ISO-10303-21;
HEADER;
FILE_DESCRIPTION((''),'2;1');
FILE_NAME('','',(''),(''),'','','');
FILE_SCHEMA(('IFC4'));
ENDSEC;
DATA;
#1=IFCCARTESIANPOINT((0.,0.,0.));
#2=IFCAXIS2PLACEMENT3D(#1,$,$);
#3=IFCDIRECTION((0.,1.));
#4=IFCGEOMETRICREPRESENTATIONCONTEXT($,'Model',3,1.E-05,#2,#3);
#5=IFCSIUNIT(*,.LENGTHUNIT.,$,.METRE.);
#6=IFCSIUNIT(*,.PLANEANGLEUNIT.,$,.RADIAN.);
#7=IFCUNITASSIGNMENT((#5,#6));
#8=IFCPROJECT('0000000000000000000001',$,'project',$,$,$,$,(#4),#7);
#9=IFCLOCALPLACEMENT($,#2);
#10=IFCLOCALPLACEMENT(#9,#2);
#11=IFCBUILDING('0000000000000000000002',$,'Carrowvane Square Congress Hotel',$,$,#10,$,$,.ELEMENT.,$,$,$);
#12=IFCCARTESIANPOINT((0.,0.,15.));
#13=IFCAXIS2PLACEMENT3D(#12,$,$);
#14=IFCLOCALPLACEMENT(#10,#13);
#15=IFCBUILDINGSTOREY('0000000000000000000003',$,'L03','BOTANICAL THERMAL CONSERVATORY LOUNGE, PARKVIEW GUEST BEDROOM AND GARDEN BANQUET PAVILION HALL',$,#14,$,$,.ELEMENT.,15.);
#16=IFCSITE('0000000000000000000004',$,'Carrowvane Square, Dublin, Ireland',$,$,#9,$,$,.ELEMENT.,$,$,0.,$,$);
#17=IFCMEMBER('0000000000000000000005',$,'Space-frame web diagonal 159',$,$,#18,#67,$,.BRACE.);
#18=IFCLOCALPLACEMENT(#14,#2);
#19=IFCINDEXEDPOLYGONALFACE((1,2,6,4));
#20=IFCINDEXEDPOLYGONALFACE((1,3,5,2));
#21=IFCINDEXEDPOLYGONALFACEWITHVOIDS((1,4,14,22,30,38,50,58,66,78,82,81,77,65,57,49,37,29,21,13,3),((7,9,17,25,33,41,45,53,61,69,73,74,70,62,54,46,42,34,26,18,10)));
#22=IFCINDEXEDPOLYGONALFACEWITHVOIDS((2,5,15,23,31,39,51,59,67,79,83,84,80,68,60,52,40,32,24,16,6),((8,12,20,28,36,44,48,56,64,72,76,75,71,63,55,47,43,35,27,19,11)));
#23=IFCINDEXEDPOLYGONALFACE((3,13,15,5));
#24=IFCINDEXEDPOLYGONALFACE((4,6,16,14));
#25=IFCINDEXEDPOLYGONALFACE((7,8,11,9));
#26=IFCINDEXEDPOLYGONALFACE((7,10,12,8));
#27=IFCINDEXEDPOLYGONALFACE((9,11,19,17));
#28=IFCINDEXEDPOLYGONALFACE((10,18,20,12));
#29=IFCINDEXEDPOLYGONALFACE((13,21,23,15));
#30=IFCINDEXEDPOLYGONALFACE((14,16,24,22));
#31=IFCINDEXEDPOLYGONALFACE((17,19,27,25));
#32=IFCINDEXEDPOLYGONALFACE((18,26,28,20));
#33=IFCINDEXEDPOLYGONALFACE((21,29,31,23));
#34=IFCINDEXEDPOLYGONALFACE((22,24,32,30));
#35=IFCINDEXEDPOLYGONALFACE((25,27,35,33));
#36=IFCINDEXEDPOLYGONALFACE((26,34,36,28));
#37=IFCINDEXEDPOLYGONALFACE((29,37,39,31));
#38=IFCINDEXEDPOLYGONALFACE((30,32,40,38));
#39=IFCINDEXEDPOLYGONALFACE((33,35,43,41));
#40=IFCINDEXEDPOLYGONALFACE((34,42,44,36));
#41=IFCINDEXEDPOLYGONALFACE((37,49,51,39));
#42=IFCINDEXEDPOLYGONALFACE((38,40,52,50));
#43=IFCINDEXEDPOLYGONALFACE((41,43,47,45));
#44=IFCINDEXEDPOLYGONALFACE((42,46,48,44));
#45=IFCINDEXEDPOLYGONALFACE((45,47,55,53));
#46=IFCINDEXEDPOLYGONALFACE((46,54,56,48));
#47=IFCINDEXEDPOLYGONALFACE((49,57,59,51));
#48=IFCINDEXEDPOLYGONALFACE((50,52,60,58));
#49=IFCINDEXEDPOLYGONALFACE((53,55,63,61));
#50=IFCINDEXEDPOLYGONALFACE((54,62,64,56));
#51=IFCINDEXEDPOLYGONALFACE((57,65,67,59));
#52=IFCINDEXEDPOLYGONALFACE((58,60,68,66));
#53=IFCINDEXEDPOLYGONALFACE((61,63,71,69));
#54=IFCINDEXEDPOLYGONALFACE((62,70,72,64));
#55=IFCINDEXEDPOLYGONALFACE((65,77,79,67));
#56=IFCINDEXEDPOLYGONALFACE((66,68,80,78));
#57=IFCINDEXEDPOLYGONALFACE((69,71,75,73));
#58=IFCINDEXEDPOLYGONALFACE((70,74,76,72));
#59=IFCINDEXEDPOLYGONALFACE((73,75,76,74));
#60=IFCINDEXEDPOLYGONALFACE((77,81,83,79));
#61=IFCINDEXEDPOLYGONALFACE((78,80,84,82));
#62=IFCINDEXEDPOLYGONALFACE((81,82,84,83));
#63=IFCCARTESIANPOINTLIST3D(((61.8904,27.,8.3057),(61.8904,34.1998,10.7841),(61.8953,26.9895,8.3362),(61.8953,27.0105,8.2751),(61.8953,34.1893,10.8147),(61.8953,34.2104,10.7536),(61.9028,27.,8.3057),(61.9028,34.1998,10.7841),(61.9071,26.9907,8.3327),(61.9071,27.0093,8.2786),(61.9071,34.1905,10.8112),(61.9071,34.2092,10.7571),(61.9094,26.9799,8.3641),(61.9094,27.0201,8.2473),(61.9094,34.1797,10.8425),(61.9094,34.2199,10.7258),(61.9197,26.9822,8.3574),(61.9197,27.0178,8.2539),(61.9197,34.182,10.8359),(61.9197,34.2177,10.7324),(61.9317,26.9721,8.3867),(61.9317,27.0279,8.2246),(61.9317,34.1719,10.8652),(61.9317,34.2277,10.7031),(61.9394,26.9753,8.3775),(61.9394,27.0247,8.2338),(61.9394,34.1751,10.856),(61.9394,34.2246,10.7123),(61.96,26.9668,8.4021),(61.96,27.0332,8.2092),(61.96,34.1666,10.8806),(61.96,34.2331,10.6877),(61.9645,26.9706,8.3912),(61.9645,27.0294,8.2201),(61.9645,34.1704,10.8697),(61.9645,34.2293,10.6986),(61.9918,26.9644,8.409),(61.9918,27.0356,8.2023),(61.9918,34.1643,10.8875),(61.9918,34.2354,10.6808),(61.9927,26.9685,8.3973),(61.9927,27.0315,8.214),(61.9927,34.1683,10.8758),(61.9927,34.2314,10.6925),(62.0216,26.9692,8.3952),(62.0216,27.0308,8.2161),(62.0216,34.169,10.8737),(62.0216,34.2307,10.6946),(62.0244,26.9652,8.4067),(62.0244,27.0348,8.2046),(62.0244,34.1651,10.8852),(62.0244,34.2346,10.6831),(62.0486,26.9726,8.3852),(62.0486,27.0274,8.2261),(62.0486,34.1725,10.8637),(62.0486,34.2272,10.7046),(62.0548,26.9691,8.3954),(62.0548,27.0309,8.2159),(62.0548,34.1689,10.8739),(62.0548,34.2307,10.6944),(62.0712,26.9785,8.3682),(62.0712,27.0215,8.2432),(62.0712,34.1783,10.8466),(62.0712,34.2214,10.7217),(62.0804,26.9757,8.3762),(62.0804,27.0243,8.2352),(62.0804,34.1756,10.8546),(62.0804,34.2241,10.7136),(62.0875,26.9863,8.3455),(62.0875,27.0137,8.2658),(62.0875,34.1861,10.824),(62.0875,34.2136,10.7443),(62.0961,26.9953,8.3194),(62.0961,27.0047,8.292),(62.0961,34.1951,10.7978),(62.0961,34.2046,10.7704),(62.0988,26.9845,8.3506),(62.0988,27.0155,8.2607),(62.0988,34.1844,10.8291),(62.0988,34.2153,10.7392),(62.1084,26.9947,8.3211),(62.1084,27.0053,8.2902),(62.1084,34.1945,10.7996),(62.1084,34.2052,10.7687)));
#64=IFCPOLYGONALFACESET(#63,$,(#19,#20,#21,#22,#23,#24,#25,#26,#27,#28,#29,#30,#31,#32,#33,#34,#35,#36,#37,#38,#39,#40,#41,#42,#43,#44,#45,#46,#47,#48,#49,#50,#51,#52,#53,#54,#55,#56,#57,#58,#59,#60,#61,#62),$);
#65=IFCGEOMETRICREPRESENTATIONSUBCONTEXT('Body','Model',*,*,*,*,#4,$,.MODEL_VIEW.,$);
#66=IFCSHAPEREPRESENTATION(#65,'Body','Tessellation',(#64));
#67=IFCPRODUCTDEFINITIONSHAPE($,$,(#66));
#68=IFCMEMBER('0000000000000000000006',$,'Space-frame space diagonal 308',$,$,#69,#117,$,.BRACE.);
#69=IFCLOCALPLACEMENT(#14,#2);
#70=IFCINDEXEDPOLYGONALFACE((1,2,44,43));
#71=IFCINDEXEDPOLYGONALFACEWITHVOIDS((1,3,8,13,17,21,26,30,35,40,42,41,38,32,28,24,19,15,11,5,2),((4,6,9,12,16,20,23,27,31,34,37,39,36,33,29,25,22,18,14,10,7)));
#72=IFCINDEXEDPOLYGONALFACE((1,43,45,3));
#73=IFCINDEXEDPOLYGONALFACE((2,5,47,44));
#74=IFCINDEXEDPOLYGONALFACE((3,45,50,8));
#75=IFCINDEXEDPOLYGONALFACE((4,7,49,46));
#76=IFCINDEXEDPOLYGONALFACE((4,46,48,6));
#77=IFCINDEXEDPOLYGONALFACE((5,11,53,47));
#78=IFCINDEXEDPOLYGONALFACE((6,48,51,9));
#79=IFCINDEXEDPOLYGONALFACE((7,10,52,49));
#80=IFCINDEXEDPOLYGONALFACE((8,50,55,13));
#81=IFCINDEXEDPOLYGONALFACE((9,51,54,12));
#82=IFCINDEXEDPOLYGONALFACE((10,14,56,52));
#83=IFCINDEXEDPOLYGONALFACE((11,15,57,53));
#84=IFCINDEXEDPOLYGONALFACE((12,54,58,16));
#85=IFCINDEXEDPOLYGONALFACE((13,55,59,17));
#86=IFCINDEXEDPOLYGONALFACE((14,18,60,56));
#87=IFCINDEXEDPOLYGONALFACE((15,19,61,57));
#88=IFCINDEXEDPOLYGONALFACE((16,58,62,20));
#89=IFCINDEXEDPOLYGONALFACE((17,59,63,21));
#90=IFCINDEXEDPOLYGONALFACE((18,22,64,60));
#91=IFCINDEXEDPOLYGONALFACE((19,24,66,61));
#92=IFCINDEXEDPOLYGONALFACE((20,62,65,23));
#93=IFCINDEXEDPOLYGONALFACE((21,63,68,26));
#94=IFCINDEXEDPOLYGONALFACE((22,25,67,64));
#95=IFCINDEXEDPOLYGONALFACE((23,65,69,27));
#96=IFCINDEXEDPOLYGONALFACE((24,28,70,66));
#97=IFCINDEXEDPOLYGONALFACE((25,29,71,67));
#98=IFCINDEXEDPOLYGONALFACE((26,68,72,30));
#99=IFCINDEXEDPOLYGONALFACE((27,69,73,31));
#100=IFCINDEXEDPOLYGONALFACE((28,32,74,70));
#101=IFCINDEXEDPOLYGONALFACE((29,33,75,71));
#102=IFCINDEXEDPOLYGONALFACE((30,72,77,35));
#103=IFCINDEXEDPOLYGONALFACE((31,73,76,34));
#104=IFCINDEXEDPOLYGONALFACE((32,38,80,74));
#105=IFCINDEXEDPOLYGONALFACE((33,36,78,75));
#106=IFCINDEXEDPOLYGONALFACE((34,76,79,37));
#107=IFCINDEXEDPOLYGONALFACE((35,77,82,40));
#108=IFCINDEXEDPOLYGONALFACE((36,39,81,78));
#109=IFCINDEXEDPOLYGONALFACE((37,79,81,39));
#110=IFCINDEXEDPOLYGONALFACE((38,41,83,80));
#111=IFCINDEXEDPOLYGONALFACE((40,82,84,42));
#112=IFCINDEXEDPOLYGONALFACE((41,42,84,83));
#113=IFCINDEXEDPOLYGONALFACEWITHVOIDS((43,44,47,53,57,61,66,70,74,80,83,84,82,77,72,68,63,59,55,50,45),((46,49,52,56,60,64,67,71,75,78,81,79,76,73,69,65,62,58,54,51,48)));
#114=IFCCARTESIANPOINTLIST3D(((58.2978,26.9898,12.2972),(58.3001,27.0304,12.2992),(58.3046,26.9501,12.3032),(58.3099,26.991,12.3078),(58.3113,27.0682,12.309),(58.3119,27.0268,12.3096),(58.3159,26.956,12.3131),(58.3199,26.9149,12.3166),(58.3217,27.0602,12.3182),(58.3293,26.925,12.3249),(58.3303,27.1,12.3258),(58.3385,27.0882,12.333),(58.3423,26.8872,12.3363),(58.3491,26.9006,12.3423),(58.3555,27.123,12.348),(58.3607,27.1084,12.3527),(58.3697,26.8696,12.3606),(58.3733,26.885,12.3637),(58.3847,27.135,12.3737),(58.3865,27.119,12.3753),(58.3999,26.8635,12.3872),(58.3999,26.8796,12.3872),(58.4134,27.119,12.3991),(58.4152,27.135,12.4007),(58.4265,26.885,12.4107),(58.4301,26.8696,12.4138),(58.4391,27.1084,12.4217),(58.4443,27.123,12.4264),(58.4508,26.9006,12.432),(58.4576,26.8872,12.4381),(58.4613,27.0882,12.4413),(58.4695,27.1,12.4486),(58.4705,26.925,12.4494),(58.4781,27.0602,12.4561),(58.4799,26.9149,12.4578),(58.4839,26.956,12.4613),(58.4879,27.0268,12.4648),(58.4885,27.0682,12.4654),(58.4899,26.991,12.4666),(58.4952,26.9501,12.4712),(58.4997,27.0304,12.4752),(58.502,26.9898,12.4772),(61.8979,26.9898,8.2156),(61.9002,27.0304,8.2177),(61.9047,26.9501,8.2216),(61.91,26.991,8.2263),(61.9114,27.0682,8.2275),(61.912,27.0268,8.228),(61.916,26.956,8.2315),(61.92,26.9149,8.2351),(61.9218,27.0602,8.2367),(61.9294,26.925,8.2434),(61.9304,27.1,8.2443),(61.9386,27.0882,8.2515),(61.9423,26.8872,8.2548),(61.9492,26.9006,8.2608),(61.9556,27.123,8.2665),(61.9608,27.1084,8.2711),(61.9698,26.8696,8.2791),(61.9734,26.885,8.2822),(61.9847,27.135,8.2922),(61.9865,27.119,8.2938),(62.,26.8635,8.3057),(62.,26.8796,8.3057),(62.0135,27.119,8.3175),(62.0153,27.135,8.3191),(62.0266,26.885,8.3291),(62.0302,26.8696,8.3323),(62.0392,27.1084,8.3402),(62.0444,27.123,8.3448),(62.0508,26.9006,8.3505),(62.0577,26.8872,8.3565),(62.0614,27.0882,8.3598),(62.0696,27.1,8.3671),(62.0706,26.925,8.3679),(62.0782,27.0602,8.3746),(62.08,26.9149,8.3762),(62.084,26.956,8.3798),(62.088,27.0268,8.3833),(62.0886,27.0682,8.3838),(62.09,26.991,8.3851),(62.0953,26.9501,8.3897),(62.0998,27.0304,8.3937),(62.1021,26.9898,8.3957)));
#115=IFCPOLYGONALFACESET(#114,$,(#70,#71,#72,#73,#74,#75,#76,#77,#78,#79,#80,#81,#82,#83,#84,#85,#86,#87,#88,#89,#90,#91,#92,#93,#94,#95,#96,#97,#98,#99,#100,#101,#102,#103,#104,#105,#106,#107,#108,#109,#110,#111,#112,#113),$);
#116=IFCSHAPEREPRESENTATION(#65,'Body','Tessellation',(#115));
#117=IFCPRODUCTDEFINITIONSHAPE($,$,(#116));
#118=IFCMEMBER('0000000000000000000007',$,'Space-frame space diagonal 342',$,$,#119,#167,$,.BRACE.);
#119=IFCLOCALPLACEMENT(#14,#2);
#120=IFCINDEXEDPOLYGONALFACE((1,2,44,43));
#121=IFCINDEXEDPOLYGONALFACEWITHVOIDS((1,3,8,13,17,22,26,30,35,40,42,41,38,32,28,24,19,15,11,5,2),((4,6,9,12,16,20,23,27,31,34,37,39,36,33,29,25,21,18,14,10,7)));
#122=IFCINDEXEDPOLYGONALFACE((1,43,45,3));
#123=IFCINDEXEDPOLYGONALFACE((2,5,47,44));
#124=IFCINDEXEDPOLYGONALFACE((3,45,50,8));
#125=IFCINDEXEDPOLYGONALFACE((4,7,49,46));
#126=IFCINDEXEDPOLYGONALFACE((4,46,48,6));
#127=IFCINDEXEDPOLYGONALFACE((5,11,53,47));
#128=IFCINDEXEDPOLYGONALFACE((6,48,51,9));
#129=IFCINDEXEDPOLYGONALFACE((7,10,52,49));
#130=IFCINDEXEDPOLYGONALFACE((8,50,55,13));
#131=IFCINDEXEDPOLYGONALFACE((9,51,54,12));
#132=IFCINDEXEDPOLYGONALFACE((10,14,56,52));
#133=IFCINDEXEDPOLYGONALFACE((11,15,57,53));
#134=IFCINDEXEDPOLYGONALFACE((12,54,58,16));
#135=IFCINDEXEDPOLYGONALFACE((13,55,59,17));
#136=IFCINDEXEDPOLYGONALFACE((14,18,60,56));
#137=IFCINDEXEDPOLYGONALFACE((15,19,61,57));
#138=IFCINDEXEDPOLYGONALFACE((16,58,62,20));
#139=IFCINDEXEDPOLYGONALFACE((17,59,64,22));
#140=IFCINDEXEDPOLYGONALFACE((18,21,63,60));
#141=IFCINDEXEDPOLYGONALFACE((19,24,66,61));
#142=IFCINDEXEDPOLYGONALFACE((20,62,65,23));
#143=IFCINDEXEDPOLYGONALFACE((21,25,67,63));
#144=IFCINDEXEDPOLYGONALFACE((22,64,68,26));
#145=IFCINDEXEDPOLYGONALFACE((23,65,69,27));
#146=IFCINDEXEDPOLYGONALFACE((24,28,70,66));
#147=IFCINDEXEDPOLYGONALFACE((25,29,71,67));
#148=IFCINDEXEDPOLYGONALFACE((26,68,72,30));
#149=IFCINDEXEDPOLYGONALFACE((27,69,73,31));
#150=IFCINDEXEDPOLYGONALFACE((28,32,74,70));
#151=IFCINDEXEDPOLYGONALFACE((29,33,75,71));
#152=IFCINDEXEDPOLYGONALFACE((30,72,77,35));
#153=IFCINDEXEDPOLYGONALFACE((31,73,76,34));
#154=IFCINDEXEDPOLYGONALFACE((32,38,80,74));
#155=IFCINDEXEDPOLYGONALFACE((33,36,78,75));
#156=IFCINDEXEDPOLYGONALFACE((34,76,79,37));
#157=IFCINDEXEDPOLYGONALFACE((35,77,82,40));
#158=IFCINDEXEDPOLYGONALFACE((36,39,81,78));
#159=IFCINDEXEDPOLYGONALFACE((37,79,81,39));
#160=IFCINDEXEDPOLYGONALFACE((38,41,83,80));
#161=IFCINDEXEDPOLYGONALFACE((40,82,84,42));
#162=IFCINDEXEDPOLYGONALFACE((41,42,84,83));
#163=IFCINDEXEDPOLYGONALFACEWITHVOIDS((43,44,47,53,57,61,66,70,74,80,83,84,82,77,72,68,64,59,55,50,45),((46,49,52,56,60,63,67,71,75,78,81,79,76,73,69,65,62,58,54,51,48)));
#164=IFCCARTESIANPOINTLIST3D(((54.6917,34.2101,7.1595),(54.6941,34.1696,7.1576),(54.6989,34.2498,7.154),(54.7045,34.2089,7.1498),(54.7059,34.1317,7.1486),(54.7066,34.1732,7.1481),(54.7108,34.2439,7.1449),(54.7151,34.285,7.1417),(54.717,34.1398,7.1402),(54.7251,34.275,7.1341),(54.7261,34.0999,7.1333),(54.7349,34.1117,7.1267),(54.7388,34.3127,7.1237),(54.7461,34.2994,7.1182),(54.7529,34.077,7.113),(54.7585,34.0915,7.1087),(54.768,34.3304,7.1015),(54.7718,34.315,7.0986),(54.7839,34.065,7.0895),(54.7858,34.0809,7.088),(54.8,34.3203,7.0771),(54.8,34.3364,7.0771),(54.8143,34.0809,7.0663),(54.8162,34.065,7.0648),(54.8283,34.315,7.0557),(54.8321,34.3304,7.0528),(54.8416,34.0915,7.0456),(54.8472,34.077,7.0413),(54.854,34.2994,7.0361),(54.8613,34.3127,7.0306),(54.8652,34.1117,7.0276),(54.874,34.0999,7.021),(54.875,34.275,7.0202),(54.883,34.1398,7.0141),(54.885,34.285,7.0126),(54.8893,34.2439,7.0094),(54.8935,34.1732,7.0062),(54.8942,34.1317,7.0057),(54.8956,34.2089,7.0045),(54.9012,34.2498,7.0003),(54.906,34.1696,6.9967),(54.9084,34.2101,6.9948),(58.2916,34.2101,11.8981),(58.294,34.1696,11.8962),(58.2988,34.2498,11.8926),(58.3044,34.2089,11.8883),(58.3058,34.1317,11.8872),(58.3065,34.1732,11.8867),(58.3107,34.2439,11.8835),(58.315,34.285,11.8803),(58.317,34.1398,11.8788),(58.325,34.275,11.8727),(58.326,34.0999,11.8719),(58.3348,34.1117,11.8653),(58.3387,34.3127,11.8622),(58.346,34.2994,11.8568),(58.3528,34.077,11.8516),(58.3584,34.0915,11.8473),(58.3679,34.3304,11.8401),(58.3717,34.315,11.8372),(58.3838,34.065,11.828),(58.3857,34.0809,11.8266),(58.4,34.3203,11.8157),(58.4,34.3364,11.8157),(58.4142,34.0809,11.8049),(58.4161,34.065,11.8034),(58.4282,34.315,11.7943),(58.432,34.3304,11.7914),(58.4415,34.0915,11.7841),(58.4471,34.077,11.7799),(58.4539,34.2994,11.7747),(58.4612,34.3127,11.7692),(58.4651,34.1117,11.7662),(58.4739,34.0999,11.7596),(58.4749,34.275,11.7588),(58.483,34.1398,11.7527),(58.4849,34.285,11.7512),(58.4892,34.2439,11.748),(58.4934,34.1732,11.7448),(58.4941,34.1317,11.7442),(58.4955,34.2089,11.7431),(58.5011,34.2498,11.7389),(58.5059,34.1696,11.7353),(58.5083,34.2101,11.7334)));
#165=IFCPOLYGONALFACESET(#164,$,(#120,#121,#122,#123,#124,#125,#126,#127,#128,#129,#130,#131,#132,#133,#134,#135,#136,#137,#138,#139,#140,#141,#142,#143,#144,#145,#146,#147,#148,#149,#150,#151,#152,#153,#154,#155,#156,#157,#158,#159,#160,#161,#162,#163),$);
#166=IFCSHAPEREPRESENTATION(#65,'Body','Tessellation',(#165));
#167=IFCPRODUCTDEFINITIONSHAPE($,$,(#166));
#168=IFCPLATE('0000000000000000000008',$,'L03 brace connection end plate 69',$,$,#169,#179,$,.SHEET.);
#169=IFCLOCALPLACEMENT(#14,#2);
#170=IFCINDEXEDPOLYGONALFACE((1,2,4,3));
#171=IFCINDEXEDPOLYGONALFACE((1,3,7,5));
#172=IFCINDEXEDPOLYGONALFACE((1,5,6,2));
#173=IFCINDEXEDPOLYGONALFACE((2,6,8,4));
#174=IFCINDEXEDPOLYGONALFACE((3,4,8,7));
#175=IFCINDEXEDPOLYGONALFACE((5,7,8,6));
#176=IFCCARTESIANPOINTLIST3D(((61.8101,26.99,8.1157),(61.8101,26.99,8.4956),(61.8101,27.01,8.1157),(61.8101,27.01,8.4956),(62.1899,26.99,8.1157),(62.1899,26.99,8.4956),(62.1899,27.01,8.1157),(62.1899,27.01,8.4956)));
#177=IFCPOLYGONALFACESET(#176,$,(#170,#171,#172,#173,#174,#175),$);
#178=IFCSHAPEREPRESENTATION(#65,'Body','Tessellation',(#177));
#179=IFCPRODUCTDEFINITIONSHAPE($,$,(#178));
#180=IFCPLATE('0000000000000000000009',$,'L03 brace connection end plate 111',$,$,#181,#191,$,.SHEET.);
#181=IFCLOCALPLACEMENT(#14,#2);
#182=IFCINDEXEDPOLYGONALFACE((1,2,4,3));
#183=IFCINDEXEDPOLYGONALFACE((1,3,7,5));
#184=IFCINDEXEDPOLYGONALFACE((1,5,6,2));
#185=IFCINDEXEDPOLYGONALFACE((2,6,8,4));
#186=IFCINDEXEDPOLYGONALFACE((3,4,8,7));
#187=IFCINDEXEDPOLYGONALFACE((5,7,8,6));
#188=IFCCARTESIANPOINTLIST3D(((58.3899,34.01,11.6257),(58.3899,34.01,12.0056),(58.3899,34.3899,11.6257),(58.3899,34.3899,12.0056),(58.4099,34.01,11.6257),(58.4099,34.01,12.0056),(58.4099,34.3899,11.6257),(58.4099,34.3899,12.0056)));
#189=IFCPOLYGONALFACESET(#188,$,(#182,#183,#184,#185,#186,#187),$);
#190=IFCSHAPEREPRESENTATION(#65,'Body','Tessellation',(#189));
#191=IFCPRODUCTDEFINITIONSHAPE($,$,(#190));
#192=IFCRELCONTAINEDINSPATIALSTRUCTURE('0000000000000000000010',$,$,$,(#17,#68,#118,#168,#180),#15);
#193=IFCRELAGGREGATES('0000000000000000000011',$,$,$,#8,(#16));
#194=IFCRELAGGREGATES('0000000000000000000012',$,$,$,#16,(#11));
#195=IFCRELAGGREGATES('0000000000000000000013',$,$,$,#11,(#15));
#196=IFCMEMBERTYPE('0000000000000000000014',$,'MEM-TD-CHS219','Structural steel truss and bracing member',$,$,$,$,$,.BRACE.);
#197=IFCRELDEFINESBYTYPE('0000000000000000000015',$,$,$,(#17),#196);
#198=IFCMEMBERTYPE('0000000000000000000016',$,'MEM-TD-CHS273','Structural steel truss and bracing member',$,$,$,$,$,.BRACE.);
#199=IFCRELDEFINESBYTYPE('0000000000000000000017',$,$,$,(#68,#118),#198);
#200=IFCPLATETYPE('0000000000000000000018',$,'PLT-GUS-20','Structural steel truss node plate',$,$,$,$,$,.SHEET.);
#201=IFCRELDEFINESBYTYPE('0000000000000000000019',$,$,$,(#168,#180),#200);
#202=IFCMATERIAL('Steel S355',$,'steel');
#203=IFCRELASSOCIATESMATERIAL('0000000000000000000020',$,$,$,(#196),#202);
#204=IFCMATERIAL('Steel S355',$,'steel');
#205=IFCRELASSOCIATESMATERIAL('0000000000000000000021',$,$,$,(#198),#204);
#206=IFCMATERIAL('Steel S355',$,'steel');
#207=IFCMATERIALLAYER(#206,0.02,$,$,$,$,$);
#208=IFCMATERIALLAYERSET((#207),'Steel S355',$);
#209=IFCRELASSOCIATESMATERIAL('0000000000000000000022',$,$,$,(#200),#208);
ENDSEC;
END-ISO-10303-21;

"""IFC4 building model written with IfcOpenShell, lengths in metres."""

from ifc_helpers import new_model, si_unit, direction, frame, origin, origin_2d, place, context, subcontext, project, spatial, rectangle, hollow_circle, extrude, material, layer, layer_set, material_profile, profile_set, type_object, element, save


model = new_model("IFC4")

# Units and contexts
model_context = context("Model", 3, precision=1e-05, world=origin(), true_north=direction((0.0, 1.0)))
body_context = subcontext(model_context, "Body", "Model", "MODEL_VIEW")
ifc_project = project(units=[si_unit("LENGTHUNIT", "METRE"), si_unit("PLANEANGLEUNIT", "RADIAN")], contexts=[model_context])

# Site, building, storey
site_placement = place(None, origin())
site = spatial("IfcSite", under=ifc_project, at=site_placement, Name="Carrowvane Square, Dublin, Ireland", CompositionType="ELEMENT", RefElevation=0.0)
building_placement = place(site_placement, origin())
building = spatial("IfcBuilding", under=site, at=building_placement, Name="Carrowvane Square Congress Hotel", CompositionType="ELEMENT")
storey_placement = place(building_placement, frame((0.0, 0.0, 15.0)))
storey = spatial("IfcBuildingStorey", under=building, at=storey_placement, Name="L03", Description="BOTANICAL THERMAL CONSERVATORY LOUNGE, PARKVIEW GUEST BEDROOM AND GARDEN BANQUET PAVILION HALL", CompositionType="ELEMENT", Elevation=15.0)

# Members
ifc_material_1 = material(Name="Steel S355", Category="steel")
ifc_material_profile_1 = material_profile(ifc_material_1, hollow_circle(Radius=0.1096, WallThickness=0.0125, at=origin_2d()), Name="CHS 219.1x12.5")
ifc_profile_set_1 = profile_set([ifc_material_profile_1], Name="Steel S355")
member_type_1 = type_object("IfcMemberType", Name="MEM-TD-CHS219", Description="Structural steel truss and bracing member", PredefinedType="BRACE", material=ifc_profile_set_1)
member_1_placement = place(storey_placement, frame((62.0, 27.0, 8.3057), z_axis=(0.0, 0.945544, 0.325495), x_axis=(-1.0, 0.0, 0.0)))
element("IfcMember", 1, at=member_1_placement, inside=storey, type_object=member_type_1, Name="Space-frame web diagonal 159", PredefinedType="BRACE", context=body_context, shape_type="SweptSolid", body=[
    extrude(hollow_circle(Radius=0.1096, WallThickness=0.0125, at=origin_2d()), origin(), (0.0, 0.0, 1.0), 7.6145),
])
ifc_material_2 = material(Name="Steel S355", Category="steel")
ifc_material_profile_2 = material_profile(ifc_material_2, hollow_circle(Radius=0.1365, WallThickness=0.0161, at=origin_2d()), Name="CHS 273.0x16")
ifc_profile_set_2 = profile_set([ifc_material_profile_2], Name="Steel S355")
member_type_2 = type_object("IfcMemberType", Name="MEM-TD-CHS273", Description="Structural steel truss and bracing member", PredefinedType="BRACE", material=ifc_profile_set_2)
member_2_placement = place(storey_placement, frame((62.0, 27.0, 8.3057), z_axis=(-0.661491, 0.0, 0.749953), x_axis=(0.0, -1.0, 0.0)))
element("IfcMember", 2, at=member_2_placement, inside=storey, type_object=member_type_2, Name="Space-frame space diagonal 308", PredefinedType="BRACE", context=body_context, shape_type="SweptSolid", body=[
    extrude(hollow_circle(Radius=0.1365, WallThickness=0.0161, at=origin_2d()), origin(), (0.0, 0.0, 1.0), 5.4424),
])
member_3_placement = place(storey_placement, frame((54.8, 34.2, 7.0771), z_axis=(0.604931, 0.0, 0.796278), x_axis=(0.0, 1.0, 0.0)))
element("IfcMember", 3, at=member_3_placement, inside=storey, type_object=member_type_2, Name="Space-frame space diagonal 342", PredefinedType="BRACE", context=body_context, shape_type="SweptSolid", body=[
    extrude(hollow_circle(Radius=0.1365, WallThickness=0.0161, at=origin_2d()), origin(), (0.0, 0.0, 1.0), 5.9509),
])

# Plates
ifc_material_3 = material(Name="Steel S355", Category="steel")
ifc_layer_1 = layer(ifc_material_3, 0.02)
ifc_layer_set_1 = layer_set([ifc_layer_1], Name="Steel S355")
plate_type_1 = type_object("IfcPlateType", Name="PLT-GUS-20", Description="Structural steel truss node plate", PredefinedType="SHEET", material=ifc_layer_set_1)
plate_1_placement = place(storey_placement, frame((62.0, 27.0, 8.1157), z_axis=(0.0, 0.0, 1.0), x_axis=(1.0, 0.0, 0.0)))
element("IfcPlate", 4, at=plate_1_placement, inside=storey, type_object=plate_type_1, Name="L03 brace connection end plate 69", PredefinedType="SHEET", context=body_context, shape_type="SweptSolid", body=[
    extrude(rectangle(XDim=0.3799, YDim=0.02, at=origin_2d()), origin(), (0.0, 0.0, 1.0), 0.3799),
])
plate_2_placement = place(storey_placement, frame((58.3999, 34.2, 11.6257), z_axis=(0.0, 0.0, 1.0), x_axis=(1.0, 0.0, 0.0)))
element("IfcPlate", 5, at=plate_2_placement, inside=storey, type_object=plate_type_1, Name="L03 brace connection end plate 111", PredefinedType="SHEET", context=body_context, shape_type="SweptSolid", body=[
    extrude(rectangle(XDim=0.02, YDim=0.3799, at=origin_2d()), origin(), (0.0, 0.0, 1.0), 0.3799),
])

save(model, "model.ifc")
